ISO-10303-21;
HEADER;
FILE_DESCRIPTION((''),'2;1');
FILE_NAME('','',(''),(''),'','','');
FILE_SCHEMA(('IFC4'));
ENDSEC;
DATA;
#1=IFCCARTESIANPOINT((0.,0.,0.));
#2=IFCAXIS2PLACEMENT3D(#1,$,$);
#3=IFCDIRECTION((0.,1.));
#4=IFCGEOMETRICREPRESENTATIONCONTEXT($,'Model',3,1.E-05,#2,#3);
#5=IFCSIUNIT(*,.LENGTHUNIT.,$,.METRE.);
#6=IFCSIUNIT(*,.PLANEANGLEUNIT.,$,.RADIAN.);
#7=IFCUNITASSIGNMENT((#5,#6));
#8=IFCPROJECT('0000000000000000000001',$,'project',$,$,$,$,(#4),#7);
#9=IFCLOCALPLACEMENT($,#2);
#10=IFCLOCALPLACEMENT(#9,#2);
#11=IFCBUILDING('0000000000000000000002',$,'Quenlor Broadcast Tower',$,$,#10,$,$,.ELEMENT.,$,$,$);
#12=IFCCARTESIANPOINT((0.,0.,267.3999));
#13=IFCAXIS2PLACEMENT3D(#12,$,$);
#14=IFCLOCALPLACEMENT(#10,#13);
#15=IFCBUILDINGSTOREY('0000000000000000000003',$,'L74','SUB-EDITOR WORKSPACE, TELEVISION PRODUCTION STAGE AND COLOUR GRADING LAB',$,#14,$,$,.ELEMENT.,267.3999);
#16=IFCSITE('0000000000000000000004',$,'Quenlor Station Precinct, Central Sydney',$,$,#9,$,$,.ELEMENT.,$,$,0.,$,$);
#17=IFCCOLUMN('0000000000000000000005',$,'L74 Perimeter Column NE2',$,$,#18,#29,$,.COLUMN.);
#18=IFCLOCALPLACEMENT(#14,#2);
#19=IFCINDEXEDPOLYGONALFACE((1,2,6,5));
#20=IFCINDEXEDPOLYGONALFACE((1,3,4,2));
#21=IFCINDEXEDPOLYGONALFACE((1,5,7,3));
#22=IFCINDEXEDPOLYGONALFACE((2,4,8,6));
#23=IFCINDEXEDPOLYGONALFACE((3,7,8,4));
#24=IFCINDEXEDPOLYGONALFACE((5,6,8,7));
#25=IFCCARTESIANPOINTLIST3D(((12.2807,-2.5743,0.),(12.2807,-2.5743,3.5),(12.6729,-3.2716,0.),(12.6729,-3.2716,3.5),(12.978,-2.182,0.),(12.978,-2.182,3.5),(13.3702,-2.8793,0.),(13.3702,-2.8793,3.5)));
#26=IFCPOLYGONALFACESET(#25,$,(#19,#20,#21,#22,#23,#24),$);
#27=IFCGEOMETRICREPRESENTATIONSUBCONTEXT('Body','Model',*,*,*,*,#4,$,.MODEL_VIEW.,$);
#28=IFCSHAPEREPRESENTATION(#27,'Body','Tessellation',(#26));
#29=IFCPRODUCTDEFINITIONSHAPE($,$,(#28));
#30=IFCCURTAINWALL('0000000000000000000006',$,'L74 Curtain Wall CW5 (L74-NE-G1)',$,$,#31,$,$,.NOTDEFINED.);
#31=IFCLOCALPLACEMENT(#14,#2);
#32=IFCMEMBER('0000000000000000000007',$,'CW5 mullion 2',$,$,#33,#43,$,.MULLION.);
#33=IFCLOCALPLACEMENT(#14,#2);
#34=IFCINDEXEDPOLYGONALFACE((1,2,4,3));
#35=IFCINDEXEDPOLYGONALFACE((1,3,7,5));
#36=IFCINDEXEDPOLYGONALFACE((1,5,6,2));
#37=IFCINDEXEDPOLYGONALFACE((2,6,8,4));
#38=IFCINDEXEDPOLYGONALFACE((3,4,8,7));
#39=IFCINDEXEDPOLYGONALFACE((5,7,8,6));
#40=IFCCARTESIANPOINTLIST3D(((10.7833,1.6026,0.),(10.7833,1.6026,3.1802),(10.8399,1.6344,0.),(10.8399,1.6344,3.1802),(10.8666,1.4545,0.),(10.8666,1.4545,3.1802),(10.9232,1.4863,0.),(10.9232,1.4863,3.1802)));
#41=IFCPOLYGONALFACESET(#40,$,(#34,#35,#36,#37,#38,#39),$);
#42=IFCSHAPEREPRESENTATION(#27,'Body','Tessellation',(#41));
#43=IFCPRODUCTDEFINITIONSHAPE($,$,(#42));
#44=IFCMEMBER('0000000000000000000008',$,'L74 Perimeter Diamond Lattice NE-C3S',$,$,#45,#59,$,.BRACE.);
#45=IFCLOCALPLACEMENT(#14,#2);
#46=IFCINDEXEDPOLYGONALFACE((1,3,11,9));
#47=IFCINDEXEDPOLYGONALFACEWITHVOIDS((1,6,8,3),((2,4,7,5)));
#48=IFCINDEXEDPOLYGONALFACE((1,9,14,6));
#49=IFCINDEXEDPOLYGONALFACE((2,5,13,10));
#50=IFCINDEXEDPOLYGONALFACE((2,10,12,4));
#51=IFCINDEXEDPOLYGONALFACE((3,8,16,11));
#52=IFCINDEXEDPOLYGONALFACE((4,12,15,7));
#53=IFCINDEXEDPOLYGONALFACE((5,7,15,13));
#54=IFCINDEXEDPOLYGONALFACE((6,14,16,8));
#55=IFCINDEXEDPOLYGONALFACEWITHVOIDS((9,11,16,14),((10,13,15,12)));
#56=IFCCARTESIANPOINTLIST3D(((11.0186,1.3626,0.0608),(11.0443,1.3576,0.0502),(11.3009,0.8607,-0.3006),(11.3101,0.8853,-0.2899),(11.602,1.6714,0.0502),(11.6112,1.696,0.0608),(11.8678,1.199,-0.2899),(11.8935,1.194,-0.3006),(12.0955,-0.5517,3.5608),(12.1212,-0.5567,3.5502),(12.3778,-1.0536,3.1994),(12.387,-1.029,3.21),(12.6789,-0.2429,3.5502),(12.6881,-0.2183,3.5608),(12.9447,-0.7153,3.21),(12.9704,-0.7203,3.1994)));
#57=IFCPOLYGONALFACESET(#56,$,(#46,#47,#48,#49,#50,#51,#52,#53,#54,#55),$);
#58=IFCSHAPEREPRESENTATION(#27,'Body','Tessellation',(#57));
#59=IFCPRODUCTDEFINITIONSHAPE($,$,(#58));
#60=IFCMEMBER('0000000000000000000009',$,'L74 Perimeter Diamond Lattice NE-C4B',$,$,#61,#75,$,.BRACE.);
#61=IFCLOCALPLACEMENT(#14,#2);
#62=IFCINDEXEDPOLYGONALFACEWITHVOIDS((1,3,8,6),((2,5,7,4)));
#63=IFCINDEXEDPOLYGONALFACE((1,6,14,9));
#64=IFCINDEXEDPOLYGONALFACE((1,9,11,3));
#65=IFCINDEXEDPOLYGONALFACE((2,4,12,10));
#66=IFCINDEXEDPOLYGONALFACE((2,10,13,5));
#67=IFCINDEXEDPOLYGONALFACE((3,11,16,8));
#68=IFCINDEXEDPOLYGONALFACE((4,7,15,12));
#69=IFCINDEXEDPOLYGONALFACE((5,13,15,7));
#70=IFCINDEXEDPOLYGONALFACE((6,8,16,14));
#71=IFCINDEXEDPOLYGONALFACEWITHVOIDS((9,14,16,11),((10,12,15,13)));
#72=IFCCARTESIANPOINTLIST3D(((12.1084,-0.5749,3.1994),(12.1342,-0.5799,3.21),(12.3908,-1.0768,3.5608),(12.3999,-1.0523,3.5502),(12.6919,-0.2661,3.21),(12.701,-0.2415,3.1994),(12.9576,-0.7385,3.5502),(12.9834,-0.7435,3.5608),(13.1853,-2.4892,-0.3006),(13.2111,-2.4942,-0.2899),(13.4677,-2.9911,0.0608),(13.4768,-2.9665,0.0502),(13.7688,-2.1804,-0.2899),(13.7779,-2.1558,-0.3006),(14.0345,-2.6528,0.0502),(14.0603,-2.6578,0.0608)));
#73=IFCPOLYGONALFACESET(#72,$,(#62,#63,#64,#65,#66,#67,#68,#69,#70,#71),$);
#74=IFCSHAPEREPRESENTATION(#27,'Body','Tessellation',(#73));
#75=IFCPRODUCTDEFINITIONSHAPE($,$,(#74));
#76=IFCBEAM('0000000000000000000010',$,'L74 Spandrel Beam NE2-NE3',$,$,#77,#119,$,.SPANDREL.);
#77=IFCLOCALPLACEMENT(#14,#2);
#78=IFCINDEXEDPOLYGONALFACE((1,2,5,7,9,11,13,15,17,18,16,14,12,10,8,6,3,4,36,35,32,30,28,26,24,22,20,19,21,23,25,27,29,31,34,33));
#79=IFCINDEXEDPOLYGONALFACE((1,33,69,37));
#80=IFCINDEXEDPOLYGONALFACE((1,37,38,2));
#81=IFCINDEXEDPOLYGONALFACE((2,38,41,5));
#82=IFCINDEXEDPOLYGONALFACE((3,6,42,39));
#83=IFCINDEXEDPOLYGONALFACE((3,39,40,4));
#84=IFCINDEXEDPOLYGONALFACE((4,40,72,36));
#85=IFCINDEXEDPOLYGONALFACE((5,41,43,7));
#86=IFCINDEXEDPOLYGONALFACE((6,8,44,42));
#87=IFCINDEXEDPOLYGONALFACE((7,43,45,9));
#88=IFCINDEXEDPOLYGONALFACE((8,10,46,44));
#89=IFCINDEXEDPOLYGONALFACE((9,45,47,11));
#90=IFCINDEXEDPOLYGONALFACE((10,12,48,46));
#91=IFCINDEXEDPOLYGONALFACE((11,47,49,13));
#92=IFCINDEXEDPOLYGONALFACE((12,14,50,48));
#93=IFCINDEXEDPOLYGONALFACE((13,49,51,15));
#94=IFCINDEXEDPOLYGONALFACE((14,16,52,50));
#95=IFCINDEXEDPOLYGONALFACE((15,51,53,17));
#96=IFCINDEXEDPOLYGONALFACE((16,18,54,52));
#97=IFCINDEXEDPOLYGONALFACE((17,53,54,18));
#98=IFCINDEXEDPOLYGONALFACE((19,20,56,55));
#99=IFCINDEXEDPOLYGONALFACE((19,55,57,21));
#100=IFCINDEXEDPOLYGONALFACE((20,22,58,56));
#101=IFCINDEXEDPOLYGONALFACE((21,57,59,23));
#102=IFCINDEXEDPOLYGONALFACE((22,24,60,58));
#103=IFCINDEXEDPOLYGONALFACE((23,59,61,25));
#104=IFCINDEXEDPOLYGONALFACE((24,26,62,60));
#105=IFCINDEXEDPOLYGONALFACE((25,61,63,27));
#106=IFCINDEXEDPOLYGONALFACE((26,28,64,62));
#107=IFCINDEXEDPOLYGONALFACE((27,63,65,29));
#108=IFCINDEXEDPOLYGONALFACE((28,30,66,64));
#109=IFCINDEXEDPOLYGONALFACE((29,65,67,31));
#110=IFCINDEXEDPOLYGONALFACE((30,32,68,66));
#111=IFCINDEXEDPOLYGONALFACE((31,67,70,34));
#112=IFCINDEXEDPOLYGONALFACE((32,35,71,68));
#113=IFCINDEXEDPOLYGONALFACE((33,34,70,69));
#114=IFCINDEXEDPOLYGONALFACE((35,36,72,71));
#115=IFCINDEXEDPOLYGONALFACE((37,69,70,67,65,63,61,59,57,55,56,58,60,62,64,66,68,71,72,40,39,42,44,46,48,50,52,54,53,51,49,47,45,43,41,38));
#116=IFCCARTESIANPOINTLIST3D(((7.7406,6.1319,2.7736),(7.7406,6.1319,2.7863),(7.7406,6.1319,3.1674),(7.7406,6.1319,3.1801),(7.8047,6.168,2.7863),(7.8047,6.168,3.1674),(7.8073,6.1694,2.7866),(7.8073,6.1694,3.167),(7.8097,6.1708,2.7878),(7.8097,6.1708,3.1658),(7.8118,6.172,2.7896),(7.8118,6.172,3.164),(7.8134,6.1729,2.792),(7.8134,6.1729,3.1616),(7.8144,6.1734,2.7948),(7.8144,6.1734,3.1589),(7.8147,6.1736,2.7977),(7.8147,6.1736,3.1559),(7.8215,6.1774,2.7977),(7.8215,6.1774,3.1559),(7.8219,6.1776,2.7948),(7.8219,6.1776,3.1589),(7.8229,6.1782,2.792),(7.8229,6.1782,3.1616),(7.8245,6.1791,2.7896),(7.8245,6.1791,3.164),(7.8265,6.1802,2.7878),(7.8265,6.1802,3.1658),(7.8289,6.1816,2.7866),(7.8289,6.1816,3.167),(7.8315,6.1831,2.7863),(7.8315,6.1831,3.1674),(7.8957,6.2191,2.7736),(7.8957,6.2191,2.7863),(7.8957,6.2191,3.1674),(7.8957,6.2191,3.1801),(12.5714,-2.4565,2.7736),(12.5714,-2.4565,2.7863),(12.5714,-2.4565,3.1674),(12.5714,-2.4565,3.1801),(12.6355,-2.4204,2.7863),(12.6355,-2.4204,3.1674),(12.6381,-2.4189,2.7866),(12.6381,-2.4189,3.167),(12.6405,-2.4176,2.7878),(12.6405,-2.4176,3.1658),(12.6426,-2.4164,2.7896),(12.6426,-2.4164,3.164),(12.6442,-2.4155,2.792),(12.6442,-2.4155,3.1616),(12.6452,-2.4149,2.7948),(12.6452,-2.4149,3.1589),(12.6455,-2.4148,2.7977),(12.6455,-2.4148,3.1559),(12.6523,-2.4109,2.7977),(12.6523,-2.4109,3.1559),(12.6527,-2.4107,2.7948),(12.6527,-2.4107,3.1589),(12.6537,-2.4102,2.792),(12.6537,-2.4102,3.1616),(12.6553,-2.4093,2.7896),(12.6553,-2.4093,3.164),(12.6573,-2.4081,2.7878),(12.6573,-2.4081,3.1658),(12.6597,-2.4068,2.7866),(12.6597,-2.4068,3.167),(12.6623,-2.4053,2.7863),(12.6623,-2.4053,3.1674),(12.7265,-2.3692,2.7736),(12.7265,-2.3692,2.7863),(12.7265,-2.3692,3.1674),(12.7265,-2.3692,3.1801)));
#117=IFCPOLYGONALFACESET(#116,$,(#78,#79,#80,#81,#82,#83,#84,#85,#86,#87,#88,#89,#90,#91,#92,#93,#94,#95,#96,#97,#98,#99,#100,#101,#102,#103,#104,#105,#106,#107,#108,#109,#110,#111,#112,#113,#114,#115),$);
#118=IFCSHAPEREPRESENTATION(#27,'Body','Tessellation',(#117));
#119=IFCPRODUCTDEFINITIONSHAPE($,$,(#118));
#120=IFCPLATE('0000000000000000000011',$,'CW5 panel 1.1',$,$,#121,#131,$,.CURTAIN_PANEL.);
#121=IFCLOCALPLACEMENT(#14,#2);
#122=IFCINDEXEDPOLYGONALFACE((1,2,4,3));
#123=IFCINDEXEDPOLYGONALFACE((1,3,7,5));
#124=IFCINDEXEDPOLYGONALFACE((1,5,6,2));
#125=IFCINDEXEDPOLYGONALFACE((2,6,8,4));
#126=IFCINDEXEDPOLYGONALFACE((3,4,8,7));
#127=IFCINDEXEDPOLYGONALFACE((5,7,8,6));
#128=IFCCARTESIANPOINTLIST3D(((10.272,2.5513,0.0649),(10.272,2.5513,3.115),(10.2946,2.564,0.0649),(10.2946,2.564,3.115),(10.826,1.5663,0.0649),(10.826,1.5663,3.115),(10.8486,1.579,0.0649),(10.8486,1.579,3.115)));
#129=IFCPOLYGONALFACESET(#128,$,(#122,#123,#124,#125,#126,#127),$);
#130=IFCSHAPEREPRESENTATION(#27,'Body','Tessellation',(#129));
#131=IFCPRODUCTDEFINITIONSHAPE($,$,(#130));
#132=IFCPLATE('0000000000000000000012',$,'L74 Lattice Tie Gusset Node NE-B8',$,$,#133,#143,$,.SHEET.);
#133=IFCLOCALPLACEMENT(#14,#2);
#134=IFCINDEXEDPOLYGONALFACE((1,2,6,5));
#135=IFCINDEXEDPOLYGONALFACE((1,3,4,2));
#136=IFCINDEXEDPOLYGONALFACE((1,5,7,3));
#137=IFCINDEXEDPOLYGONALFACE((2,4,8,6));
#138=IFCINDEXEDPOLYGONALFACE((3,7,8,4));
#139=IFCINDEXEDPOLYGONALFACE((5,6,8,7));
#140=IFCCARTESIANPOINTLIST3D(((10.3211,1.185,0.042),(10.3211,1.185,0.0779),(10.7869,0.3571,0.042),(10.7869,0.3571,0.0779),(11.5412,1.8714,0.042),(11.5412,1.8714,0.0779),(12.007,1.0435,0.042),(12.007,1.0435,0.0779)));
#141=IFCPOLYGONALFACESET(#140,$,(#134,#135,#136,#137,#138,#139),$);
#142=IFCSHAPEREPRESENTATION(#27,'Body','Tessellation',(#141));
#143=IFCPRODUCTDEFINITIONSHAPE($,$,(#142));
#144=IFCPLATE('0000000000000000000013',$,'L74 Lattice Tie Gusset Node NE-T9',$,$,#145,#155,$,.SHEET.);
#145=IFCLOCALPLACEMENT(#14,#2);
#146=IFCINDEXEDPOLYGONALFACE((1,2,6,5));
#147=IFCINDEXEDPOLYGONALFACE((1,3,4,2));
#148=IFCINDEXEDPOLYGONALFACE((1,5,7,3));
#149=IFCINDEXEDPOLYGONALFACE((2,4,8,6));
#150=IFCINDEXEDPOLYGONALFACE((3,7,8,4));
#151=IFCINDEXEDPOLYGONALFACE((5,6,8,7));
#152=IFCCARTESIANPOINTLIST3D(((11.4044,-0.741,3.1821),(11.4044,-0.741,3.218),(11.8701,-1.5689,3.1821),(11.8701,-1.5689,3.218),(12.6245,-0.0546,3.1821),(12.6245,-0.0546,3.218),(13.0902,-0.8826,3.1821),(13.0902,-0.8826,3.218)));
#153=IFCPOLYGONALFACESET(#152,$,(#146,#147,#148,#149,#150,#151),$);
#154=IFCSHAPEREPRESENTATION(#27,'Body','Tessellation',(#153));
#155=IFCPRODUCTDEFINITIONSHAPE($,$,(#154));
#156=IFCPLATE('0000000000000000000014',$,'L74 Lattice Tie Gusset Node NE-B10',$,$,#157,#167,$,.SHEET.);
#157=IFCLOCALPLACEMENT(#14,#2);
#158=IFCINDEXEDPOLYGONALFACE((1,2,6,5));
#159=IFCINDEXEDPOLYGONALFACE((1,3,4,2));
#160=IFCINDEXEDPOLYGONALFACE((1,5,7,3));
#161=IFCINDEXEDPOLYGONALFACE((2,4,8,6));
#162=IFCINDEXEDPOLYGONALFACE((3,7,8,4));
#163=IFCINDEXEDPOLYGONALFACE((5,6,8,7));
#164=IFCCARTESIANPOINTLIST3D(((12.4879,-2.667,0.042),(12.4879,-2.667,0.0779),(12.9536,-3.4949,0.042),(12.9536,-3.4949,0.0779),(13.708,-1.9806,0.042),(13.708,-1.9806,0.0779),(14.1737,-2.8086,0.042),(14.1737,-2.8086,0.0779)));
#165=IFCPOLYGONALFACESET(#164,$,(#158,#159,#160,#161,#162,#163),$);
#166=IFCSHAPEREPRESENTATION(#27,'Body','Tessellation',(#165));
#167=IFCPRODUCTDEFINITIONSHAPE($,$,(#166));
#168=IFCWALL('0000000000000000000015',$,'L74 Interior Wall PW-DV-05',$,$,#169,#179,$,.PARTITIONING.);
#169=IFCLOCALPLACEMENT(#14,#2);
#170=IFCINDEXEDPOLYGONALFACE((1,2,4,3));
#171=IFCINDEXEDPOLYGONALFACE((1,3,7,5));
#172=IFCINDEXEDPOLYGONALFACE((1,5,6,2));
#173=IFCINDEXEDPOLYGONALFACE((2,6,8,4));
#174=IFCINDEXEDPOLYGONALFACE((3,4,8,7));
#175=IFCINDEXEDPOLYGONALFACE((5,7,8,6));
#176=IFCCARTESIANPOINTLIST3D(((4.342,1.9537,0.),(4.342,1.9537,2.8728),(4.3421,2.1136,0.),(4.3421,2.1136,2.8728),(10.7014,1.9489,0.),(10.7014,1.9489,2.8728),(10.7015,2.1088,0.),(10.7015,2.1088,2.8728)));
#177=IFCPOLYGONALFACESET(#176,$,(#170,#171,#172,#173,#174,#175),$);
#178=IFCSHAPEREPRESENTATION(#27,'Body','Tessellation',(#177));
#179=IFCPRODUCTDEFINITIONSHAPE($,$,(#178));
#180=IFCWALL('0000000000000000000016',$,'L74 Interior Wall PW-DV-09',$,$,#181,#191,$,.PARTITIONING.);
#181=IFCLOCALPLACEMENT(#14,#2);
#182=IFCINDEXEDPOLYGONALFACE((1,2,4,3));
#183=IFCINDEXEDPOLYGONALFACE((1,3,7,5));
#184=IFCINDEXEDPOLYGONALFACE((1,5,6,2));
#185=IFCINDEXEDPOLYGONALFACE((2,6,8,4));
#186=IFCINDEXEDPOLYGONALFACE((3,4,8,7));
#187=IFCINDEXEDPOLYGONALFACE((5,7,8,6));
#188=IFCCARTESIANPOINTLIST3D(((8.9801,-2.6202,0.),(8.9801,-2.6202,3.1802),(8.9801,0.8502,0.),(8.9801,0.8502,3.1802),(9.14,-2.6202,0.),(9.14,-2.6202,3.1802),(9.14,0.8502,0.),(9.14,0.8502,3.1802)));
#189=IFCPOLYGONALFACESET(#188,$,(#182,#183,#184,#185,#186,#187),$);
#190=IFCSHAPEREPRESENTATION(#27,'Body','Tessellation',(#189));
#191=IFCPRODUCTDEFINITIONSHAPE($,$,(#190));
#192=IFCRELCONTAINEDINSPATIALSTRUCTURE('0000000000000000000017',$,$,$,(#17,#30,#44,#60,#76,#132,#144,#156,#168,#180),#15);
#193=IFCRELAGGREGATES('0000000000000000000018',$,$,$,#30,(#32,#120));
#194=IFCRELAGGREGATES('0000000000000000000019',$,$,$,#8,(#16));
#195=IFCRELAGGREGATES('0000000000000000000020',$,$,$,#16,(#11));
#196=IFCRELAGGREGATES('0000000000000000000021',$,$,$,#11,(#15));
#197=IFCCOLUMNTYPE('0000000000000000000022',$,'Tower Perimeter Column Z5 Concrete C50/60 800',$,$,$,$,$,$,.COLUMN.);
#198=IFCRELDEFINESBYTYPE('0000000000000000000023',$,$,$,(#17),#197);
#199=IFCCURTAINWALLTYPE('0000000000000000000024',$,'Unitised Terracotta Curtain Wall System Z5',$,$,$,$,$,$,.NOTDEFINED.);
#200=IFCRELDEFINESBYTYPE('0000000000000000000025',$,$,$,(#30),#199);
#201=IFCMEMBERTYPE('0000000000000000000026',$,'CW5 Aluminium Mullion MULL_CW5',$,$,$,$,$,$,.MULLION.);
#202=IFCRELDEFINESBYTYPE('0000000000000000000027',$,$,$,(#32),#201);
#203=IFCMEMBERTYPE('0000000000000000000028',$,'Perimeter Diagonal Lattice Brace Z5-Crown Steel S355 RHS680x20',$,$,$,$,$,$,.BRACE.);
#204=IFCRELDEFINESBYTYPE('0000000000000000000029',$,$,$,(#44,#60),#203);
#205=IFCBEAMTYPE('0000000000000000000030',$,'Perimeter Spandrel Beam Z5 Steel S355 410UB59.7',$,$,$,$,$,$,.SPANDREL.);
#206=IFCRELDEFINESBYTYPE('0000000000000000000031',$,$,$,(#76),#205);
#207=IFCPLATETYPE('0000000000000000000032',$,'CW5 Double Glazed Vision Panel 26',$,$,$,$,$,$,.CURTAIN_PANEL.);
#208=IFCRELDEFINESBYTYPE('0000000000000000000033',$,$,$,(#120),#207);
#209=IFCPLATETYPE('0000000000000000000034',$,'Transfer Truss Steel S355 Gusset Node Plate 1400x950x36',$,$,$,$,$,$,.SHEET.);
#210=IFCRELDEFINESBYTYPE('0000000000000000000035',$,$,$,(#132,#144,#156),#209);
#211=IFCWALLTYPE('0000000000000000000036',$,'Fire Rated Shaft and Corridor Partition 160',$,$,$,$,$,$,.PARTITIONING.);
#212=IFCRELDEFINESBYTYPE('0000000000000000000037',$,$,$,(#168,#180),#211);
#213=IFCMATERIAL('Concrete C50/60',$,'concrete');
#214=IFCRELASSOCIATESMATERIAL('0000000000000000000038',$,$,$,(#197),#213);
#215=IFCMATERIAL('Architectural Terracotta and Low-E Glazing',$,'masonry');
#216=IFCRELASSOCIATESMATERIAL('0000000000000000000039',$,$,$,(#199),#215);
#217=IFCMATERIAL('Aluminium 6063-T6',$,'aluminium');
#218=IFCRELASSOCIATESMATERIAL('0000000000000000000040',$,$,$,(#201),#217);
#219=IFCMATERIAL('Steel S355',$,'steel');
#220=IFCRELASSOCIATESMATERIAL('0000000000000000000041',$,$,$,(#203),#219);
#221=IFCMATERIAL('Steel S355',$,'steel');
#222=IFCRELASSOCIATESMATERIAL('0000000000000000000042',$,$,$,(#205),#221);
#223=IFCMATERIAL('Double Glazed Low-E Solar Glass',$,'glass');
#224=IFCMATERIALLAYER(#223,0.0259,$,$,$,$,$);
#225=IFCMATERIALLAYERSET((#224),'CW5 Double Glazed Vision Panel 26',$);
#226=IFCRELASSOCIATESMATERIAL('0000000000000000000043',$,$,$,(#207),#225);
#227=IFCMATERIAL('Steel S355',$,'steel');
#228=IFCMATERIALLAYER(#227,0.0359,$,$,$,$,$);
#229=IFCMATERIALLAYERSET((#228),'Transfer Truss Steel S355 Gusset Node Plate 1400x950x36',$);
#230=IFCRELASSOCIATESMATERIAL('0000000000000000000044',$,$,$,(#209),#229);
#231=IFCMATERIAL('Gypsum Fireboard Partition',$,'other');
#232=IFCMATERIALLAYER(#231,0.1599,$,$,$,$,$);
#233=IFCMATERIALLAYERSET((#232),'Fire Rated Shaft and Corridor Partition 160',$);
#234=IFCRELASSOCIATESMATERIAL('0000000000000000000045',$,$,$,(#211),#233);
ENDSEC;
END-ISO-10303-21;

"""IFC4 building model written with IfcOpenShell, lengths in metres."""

from ifc_helpers import new_model, si_unit, direction, frame, frame_2d, origin, origin_2d, place, context, subcontext, project, spatial, rectangle, hollow_rectangle, i_section, extrude, material, layer, layer_set, material_profile, profile_set, type_object, element, aggregate, save


model = new_model("IFC4")

# Units and contexts
model_context = context("Model", 3, precision=1e-05, world=origin(), true_north=direction((0.0, 1.0)))
body_context = subcontext(model_context, "Body", "Model", "MODEL_VIEW")
ifc_project = project(units=[si_unit("LENGTHUNIT", "METRE"), si_unit("PLANEANGLEUNIT", "RADIAN")], contexts=[model_context])

# Site, building, storey
site_placement = place(None, origin())
site = spatial("IfcSite", under=ifc_project, at=site_placement, Name="Quenlor Station Precinct, Central Sydney", CompositionType="ELEMENT", RefElevation=0.0)
building_placement = place(site_placement, origin())
building = spatial("IfcBuilding", under=site, at=building_placement, Name="Quenlor Broadcast Tower", CompositionType="ELEMENT")
storey_placement = place(building_placement, frame((0.0, 0.0, 267.3999)))
storey = spatial("IfcBuildingStorey", under=building, at=storey_placement, Name="L74", Description="SUB-EDITOR WORKSPACE, TELEVISION PRODUCTION STAGE AND COLOUR GRADING LAB", CompositionType="ELEMENT", Elevation=267.3999)

# Column
ifc_material_1 = material(Name="Concrete C50/60", Category="concrete")
ifc_material_profile_1 = material_profile(ifc_material_1, rectangle(XDim=0.8, YDim=0.8, at=origin_2d()))
ifc_profile_set_1 = profile_set([ifc_material_profile_1], Name="Concrete C50/60 RC800x800")
column_type = type_object("IfcColumnType", Name="Tower Perimeter Column Z5 Concrete C50/60 800", PredefinedType="COLUMN", material=ifc_profile_set_1)
column_placement = place(storey_placement, frame((12.8254, -2.7268, 0.0), z_axis=(0.0, 0.0, 1.0), x_axis=(0.871575, 0.490262, 0.0)))
element("IfcColumn", 1, at=column_placement, inside=storey, type_object=column_type, Name="L74 Perimeter Column NE2", PredefinedType="COLUMN", context=body_context, shape_type="SweptSolid", body=[
    extrude(rectangle(XDim=0.8, YDim=0.8, at=origin_2d()), origin(), (0.0, 0.0, 1.0), 3.5),
])

# Curtain wall, member
ifc_material_2 = material(Name="Architectural Terracotta and Low-E Glazing", Category="masonry")
curtain_wall_type = type_object("IfcCurtainWallType", Name="Unitised Terracotta Curtain Wall System Z5", PredefinedType="NOTDEFINED", material=ifc_material_2)
curtain_wall_placement = place(storey_placement, origin())
curtain_wall = element("IfcCurtainWall", 2, at=curtain_wall_placement, inside=storey, type_object=curtain_wall_type, Name="L74 Curtain Wall CW5 (L74-NE-G1)", PredefinedType="NOTDEFINED")
ifc_material_3 = material(Name="Aluminium 6063-T6", Category="aluminium")
ifc_material_profile_2 = material_profile(ifc_material_3, rectangle(XDim=0.0649, YDim=0.1699, at=origin_2d()))
ifc_profile_set_2 = profile_set([ifc_material_profile_2], Name="Aluminium 6063-T6 MULL65x170")
member_type_1 = type_object("IfcMemberType", Name="CW5 Aluminium Mullion MULL_CW5", PredefinedType="MULLION", material=ifc_profile_set_2)
member_placement = place(storey_placement, frame((10.8533, 1.5444, 0.0), z_axis=(0.0, 0.0, 1.0), x_axis=(0.871592, 0.490231, 0.0)))
member = element("IfcMember", 3, at=member_placement, type_object=member_type_1, Name="CW5 mullion 2", PredefinedType="MULLION", context=body_context, shape_type="SweptSolid", body=[
    extrude(rectangle(XDim=0.0649, YDim=0.1699, at=origin_2d()), origin(), (0.0, 0.0, 1.0), 3.1802),
])

# Members
ifc_material_4 = material(Name="Steel S355", Category="steel")
ifc_material_profile_3 = material_profile(ifc_material_4, hollow_rectangle(XDim=0.6799, YDim=0.6799, WallThickness=0.02, at=origin_2d()))
ifc_profile_set_3 = profile_set([ifc_material_profile_3], Name="Steel S355 RHS680x680x20")
member_type_2 = type_object("IfcMemberType", Name="Perimeter Diagonal Lattice Brace Z5-Crown Steel S355 RHS680x20", PredefinedType="BRACE", material=ifc_profile_set_3)
for number, where, z_axis, x_axis, name in (
    (4, (11.4561, 1.2783, -0.1199), (0.260619, -0.463276, 0.847026), (0.871555, 0.490298, 0.0), "L74 Perimeter Diamond Lattice NE-C3S"),
    (5, (13.6228, -2.5735, -0.1199), (-0.260619, 0.463276, 0.847026), (-0.871555, -0.490298, 0.0), "L74 Perimeter Diamond Lattice NE-C4B"),
):
    element("IfcMember", number, at=place(storey_placement, frame(where, z_axis=z_axis, x_axis=x_axis)), inside=storey, type_object=member_type_2, Name=name, PredefinedType="BRACE", context=body_context, shape_type="SweptSolid", body=[
        extrude(hollow_rectangle(XDim=0.6799, YDim=0.6799, WallThickness=0.02, at=origin_2d()), origin(), (0.0, 0.0, 1.0), 4.1321),
    ])

# Beam
ifc_material_5 = material(Name="Steel S355", Category="steel")
ifc_material_profile_4 = material_profile(ifc_material_5, i_section(OverallWidth=0.178, OverallDepth=0.4065, WebThickness=0.0078, FlangeThickness=0.0127, FilletRadius=0.0115, at=origin_2d()))
ifc_profile_set_4 = profile_set([ifc_material_profile_4], Name="Steel S355 410UB59.7")
beam_type = type_object("IfcBeamType", Name="Perimeter Spandrel Beam Z5 Steel S355 410UB59.7", PredefinedType="SPANDREL", material=ifc_profile_set_4)
beam_placement = place(storey_placement, frame((12.6489, -2.4128, 2.9768), z_axis=(-0.490249, 0.871582, 0.0), x_axis=(-0.871582, -0.490249, 0.0)))
element("IfcBeam", 6, at=beam_placement, inside=storey, type_object=beam_type, Name="L74 Spandrel Beam NE2-NE3", PredefinedType="SPANDREL", context=body_context, shape_type="SweptSolid", body=[
    extrude(i_section(OverallWidth=0.178, OverallDepth=0.4065, WebThickness=0.0078, FlangeThickness=0.0127, FilletRadius=0.0115, at=origin_2d()), origin(), (0.0, 0.0, 1.0), 9.8538),
])

# Plate
ifc_material_6 = material(Name="Double Glazed Low-E Solar Glass", Category="glass")
ifc_layer_1 = layer(ifc_material_6, 0.0259)
ifc_layer_set_1 = layer_set([ifc_layer_1], Name="CW5 Double Glazed Vision Panel 26")
plate_type_1 = type_object("IfcPlateType", Name="CW5 Double Glazed Vision Panel 26", PredefinedType="CURTAIN_PANEL", material=ifc_layer_set_1)
plate_placement = place(storey_placement, frame((10.5603, 2.0652, 0.0649), z_axis=(0.0, 0.0, 1.0), x_axis=(0.490231, -0.871592, 0.0)))
plate = element("IfcPlate", 7, at=plate_placement, type_object=plate_type_1, Name="CW5 panel 1.1", PredefinedType="CURTAIN_PANEL", context=body_context, shape_type="SweptSolid", body=[
    extrude(rectangle(XDim=1.1301, YDim=0.0259, at=origin_2d()), origin(), (0.0, 0.0, 1.0), 3.05),
])
aggregate(curtain_wall, [member, plate])

# Plates
ifc_material_7 = material(Name="Steel S355", Category="steel")
ifc_layer_2 = layer(ifc_material_7, 0.0359)
ifc_layer_set_2 = layer_set([ifc_layer_2], Name="Transfer Truss Steel S355 Gusset Node Plate 1400x950x36")
plate_type_2 = type_object("IfcPlateType", Name="Transfer Truss Steel S355 Gusset Node Plate 1400x950x36", PredefinedType="SHEET", material=ifc_layer_set_2)
for number, where, z_axis, x_axis, name in (
    (8, (11.1641, 1.1143, 0.042), (0.0, 0.0, 1.0), (0.871556, 0.490295, 0.0), "L74 Lattice Tie Gusset Node NE-B8"),
    (9, (12.2473, -0.8118, 3.1821), (0.0, 0.0, 1.0), (0.871556, 0.490295, 0.0), "L74 Lattice Tie Gusset Node NE-T9"),
    (10, (13.3308, -2.7378, 0.042), (0.0, 0.0, 1.0), (0.871556, 0.490295, 0.0), "L74 Lattice Tie Gusset Node NE-B10"),
):
    element("IfcPlate", number, at=place(storey_placement, frame(where, z_axis=z_axis, x_axis=x_axis)), inside=storey, type_object=plate_type_2, Name=name, PredefinedType="SHEET", context=body_context, shape_type="SweptSolid", body=[
        extrude(rectangle(XDim=1.3999, YDim=0.95, at=origin_2d()), origin(), (0.0, 0.0, 1.0), 0.0359),
    ])

# Walls
ifc_material_8 = material(Name="Gypsum Fireboard Partition", Category="other")
ifc_layer_3 = layer(ifc_material_8, 0.1599)
ifc_layer_set_3 = layer_set([ifc_layer_3], Name="Fire Rated Shaft and Corridor Partition 160")
wall_type_1 = type_object("IfcWallType", Name="Fire Rated Shaft and Corridor Partition 160", PredefinedType="PARTITIONING", material=ifc_layer_set_3)
wall_1_placement = place(storey_placement, frame((10.7014, 2.0288, 0.0), z_axis=(0.0, 0.0, 1.0), x_axis=(-1.0, 0.000768, 0.0)))
element("IfcWall", 11, at=wall_1_placement, inside=storey, type_object=wall_type_1, Name="L74 Interior Wall PW-DV-05", PredefinedType="PARTITIONING", context=body_context, shape_type="SweptSolid", body=[
    extrude(rectangle(XDim=6.3594, YDim=0.1599, at=frame_2d((3.1797, 0.0))), origin(), (0.0, 0.0, 1.0), 2.8728),
])
wall_2_placement = place(storey_placement, frame((9.0601, 0.8503, 0.0), z_axis=(0.0, 0.0, 1.0), x_axis=(0.0, -1.0, 0.0)))
element("IfcWall", 12, at=wall_2_placement, inside=storey, type_object=wall_type_1, Name="L74 Interior Wall PW-DV-09", PredefinedType="PARTITIONING", context=body_context, shape_type="SweptSolid", body=[
    extrude(rectangle(XDim=3.4705, YDim=0.1599, at=frame_2d((1.7354, 0.0))), origin(), (0.0, 0.0, 1.0), 3.1802),
])

save(model, "model.ifc")
